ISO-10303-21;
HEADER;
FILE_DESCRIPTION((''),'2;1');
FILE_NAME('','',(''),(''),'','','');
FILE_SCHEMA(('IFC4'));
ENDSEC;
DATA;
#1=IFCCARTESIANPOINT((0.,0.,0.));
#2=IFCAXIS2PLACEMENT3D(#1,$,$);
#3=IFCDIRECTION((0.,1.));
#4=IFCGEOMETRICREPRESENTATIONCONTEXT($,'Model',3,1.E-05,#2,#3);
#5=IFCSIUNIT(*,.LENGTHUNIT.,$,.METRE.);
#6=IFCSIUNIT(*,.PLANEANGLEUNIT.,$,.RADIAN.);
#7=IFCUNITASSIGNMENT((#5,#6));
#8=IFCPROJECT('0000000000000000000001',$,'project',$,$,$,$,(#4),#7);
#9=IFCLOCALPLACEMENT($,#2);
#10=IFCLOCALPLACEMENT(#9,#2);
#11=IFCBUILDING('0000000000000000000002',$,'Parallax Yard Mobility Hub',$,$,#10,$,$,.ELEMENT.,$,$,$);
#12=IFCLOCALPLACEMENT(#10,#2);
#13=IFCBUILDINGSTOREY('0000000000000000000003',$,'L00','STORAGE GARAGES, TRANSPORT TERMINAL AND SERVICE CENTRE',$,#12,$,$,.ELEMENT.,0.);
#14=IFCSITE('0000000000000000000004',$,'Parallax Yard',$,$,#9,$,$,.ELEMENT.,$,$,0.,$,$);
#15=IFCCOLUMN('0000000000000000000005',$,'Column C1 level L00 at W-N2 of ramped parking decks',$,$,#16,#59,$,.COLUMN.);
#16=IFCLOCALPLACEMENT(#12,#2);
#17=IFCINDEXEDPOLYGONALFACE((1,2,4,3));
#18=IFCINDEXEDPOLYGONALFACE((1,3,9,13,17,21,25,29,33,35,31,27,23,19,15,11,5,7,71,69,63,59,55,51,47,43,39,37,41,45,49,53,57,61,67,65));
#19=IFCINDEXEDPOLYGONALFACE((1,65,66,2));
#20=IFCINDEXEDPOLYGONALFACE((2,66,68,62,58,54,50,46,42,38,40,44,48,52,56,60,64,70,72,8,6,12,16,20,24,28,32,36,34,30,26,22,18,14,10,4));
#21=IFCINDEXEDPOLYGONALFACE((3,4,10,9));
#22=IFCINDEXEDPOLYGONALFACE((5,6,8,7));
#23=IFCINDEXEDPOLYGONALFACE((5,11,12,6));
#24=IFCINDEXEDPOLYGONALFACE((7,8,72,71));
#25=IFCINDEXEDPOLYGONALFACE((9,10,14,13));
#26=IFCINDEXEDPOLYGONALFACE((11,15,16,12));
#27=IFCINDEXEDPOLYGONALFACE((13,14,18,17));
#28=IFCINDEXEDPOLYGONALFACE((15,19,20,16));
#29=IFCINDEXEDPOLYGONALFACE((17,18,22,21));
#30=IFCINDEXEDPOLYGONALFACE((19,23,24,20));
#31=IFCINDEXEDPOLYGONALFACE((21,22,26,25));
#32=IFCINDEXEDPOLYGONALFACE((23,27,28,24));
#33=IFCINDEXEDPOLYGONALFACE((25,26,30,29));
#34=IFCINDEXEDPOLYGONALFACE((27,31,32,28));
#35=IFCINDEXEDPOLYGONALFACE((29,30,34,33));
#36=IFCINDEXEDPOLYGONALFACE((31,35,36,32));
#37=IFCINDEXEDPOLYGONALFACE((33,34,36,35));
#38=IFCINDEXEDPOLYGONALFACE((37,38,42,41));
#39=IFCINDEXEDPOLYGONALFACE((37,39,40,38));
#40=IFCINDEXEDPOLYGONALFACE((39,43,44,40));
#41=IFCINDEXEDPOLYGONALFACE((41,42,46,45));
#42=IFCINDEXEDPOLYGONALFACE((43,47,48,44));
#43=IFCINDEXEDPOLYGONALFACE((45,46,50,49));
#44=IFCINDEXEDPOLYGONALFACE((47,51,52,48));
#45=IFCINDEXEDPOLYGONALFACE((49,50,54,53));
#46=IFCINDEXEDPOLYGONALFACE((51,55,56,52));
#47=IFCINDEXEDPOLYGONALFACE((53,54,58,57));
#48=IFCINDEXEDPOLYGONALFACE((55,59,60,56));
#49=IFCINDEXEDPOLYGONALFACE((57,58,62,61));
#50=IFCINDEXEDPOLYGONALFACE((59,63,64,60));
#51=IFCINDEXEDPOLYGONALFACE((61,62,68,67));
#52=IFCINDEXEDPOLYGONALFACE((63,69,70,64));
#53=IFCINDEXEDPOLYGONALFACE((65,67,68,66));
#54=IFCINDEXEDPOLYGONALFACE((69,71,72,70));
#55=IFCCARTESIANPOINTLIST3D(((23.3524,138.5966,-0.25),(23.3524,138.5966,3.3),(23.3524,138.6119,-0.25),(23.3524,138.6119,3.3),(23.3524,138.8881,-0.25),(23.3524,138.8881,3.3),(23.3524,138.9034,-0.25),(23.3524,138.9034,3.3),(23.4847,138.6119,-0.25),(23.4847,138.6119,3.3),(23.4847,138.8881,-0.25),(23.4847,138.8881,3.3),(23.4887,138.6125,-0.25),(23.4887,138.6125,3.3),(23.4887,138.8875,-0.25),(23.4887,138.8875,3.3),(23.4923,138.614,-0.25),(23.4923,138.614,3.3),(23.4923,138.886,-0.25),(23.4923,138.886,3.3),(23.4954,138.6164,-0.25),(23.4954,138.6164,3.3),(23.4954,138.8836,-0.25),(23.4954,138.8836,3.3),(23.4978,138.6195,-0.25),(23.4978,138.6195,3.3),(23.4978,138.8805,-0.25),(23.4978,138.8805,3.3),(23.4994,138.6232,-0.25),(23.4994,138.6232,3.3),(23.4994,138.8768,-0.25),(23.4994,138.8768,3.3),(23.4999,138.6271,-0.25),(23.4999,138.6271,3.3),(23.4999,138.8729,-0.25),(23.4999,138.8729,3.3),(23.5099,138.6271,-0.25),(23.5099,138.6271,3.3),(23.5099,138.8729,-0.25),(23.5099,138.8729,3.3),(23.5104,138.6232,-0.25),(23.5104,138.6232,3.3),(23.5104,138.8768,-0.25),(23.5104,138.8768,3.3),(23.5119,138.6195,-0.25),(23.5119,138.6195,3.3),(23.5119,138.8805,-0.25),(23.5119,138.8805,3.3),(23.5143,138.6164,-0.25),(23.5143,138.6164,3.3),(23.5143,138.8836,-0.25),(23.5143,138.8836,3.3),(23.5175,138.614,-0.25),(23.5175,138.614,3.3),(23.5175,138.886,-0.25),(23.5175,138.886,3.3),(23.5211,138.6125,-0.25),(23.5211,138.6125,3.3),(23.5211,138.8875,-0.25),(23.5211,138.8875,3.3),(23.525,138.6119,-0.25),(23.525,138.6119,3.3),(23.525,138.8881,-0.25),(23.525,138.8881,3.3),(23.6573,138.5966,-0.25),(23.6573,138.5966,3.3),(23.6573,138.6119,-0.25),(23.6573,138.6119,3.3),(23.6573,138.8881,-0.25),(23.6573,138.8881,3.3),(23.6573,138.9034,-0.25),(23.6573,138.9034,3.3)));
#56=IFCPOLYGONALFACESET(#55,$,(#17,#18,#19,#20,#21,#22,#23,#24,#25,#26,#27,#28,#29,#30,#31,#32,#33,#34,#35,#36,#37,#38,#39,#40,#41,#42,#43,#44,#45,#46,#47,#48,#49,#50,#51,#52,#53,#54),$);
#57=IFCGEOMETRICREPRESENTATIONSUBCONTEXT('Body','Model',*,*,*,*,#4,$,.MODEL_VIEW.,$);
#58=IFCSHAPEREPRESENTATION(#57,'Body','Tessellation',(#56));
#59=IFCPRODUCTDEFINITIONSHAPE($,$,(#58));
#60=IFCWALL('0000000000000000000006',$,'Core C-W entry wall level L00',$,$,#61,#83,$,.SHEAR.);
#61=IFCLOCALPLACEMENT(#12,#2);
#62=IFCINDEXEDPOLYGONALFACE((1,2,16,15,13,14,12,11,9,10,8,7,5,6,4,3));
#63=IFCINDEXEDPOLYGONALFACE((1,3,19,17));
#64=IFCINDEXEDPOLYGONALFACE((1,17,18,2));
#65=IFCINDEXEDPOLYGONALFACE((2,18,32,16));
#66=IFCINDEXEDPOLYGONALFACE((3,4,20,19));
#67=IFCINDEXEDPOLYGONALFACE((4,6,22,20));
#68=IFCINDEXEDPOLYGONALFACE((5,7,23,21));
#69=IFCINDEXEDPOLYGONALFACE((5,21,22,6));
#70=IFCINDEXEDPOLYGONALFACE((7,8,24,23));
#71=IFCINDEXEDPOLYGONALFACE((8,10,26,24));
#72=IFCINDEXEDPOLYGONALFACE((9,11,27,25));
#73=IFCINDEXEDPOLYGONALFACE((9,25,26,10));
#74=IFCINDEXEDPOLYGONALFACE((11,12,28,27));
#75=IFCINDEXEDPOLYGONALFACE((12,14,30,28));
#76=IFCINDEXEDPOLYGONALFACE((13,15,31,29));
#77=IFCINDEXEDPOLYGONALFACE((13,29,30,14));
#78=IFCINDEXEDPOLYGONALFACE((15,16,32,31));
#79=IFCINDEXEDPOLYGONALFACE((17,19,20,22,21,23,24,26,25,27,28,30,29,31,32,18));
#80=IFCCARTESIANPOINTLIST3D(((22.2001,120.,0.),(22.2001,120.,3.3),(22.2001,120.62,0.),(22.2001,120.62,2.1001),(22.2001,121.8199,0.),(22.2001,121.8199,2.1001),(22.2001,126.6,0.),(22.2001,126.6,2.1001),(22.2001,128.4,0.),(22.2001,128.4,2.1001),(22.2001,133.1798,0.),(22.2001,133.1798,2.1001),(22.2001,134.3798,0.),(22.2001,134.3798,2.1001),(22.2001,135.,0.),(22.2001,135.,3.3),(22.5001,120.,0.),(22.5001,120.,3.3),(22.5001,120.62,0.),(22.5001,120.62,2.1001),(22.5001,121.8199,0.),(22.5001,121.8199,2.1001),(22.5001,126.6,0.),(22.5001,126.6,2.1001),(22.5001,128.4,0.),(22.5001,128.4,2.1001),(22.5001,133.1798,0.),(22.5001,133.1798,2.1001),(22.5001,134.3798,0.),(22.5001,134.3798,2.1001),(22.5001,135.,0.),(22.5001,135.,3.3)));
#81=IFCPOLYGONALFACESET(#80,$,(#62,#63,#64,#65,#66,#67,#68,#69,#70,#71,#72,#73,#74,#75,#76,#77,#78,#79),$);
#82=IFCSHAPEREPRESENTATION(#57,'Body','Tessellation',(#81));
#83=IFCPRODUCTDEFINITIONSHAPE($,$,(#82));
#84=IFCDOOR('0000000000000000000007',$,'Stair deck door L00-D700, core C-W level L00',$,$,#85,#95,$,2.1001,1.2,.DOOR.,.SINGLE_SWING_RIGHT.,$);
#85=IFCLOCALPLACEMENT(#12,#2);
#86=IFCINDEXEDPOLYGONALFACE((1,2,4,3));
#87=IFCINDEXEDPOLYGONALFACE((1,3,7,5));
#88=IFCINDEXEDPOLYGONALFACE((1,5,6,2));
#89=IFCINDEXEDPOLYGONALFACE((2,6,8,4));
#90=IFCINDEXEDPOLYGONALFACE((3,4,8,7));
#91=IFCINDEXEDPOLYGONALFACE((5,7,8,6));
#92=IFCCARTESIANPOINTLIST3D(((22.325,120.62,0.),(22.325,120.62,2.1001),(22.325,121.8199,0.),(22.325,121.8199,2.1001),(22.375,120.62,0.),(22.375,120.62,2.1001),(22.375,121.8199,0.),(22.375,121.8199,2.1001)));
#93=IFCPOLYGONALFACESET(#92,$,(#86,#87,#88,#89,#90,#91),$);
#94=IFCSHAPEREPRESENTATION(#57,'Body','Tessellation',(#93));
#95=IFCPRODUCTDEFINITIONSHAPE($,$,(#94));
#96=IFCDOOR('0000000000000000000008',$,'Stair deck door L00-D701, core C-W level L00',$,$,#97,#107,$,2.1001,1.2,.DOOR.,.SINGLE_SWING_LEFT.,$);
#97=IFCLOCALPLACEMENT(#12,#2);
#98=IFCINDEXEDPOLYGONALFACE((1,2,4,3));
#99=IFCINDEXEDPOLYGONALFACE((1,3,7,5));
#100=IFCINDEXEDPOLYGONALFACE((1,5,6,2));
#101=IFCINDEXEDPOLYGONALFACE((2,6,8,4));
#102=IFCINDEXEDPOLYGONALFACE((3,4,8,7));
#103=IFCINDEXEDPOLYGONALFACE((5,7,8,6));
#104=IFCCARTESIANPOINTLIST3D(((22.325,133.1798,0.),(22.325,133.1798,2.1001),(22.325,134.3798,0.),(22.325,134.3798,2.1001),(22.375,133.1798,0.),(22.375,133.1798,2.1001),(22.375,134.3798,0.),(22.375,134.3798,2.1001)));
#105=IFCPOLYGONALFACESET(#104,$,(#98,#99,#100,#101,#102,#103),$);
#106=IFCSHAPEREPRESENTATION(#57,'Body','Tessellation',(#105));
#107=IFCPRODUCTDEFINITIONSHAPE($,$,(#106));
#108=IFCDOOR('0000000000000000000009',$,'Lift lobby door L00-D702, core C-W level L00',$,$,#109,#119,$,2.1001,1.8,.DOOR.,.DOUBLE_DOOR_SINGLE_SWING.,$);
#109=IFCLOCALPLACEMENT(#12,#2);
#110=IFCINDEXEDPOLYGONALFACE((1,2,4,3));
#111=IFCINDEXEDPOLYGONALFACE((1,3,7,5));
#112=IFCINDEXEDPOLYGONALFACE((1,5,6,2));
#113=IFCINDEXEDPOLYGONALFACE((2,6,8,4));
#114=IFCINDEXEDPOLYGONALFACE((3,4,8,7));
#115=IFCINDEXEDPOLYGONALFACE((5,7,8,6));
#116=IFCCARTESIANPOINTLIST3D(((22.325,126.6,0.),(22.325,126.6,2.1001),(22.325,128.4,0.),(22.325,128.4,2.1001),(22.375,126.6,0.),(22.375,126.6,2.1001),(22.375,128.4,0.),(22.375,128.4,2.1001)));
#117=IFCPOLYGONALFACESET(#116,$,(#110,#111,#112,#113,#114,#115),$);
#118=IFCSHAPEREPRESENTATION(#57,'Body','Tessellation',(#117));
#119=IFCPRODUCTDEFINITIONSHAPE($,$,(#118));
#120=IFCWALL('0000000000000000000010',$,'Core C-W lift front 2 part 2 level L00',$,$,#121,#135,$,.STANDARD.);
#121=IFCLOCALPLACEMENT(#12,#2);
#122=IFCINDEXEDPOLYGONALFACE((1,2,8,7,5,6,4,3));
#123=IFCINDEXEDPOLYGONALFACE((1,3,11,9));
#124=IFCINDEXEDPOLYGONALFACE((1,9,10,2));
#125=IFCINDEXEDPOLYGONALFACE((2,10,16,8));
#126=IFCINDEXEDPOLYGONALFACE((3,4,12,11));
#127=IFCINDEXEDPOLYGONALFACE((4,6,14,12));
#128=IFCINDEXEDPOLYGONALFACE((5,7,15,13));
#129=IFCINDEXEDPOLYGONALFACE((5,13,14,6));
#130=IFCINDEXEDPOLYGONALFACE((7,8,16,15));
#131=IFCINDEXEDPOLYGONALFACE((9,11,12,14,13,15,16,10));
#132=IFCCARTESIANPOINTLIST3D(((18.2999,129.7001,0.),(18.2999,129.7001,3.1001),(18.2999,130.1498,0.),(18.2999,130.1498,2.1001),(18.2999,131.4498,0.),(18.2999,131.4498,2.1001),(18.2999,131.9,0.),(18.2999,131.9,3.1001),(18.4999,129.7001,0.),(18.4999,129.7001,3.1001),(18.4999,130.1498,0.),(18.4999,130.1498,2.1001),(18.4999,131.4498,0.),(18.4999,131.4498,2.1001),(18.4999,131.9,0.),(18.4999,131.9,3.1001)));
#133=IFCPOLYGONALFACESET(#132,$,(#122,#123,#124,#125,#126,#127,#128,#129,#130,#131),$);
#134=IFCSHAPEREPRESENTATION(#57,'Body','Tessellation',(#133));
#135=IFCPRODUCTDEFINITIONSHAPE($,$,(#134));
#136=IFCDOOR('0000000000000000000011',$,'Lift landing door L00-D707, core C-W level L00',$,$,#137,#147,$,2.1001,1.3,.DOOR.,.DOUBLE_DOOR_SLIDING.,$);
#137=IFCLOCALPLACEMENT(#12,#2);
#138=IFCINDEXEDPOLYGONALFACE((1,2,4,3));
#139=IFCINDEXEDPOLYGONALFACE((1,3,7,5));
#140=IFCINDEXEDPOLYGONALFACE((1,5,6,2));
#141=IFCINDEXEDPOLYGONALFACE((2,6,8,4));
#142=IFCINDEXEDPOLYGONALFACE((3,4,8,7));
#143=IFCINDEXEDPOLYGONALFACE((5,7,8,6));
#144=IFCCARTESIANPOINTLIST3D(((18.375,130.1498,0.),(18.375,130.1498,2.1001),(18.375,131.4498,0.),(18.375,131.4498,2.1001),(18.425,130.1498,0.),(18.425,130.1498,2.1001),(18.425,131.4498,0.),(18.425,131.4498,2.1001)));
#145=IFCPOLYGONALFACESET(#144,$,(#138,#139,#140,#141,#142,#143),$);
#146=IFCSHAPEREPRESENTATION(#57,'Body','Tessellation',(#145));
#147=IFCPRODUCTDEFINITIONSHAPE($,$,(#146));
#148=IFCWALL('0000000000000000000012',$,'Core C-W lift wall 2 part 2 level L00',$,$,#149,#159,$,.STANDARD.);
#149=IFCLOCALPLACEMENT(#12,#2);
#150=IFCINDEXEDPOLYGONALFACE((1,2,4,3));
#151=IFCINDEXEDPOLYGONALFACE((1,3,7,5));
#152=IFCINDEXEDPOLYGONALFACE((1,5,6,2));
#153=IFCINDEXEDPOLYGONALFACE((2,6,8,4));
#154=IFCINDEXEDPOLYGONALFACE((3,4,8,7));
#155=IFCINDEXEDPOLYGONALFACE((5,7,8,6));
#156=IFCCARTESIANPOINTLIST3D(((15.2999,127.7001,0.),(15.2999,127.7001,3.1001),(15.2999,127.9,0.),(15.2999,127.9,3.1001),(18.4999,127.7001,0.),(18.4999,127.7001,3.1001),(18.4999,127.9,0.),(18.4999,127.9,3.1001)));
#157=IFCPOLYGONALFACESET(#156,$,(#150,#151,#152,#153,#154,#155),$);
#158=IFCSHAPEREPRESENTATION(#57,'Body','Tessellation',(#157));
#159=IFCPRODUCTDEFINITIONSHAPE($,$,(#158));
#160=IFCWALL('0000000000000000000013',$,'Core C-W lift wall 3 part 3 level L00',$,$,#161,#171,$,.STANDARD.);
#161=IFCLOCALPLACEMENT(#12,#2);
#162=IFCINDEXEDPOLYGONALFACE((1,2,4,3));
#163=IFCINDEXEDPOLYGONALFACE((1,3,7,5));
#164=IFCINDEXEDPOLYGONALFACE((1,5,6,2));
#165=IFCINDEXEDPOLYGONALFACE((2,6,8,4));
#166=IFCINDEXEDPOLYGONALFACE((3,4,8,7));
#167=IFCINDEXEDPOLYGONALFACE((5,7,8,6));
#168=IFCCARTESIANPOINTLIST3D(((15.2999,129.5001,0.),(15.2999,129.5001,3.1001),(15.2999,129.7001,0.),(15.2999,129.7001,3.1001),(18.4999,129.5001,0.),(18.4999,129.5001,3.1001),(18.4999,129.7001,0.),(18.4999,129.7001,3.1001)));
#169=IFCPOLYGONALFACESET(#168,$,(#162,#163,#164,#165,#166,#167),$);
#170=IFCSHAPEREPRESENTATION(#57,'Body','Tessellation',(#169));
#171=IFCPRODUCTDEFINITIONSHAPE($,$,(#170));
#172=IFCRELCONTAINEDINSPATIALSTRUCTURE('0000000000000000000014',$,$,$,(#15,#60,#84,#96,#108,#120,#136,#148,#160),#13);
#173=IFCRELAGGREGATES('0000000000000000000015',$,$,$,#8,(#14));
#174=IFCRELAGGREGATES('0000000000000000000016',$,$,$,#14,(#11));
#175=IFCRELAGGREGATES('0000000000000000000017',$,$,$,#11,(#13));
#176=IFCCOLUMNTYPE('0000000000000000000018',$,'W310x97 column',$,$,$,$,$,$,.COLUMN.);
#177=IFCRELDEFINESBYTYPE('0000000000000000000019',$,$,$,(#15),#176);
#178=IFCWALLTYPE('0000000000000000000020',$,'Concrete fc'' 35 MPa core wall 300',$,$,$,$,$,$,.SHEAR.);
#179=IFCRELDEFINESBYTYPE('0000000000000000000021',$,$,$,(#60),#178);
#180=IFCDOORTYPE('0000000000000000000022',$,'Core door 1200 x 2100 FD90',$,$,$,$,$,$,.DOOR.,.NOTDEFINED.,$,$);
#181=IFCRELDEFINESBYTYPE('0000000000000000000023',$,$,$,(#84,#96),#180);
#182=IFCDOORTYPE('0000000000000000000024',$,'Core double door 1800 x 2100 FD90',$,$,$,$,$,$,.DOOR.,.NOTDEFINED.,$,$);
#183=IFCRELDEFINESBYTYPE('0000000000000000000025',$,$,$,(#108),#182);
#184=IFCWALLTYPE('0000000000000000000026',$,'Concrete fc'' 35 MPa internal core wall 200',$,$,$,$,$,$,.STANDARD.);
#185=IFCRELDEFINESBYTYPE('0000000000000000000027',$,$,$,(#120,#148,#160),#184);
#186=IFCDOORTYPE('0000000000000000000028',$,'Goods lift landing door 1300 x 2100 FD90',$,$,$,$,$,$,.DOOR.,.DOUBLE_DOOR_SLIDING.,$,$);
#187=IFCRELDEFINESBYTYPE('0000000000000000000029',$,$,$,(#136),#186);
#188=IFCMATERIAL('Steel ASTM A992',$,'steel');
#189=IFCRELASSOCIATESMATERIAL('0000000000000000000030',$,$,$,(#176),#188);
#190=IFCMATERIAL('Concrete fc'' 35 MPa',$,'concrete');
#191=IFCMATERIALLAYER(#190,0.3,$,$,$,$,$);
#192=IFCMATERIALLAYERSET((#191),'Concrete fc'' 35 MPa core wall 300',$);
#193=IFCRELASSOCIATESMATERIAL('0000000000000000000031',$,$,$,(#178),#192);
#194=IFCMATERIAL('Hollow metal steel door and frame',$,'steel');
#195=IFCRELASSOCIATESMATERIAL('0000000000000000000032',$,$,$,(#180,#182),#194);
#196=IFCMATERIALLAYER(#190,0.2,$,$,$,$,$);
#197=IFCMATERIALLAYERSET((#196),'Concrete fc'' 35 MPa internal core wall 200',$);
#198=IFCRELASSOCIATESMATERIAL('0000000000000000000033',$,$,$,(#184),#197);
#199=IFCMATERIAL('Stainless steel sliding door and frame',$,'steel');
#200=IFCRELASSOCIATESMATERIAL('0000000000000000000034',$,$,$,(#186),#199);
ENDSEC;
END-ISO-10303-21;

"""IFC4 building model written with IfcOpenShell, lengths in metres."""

from ifc_helpers import new_model, si_unit, direction, frame, frame_2d, origin, origin_2d, place, context, subcontext, project, spatial, rectangle, i_section, extrude, material, layer, layer_set, material_profile, profile_set, type_object, element, fill, save


model = new_model("IFC4")

# Units and contexts
model_context = context("Model", 3, precision=1e-05, world=origin(), true_north=direction((0.0, 1.0)))
body_context = subcontext(model_context, "Body", "Model", "MODEL_VIEW")
ifc_project = project(units=[si_unit("LENGTHUNIT", "METRE"), si_unit("PLANEANGLEUNIT", "RADIAN")], contexts=[model_context])

# Site, building, storey
site_placement = place(None, origin())
site = spatial("IfcSite", under=ifc_project, at=site_placement, Name="Parallax Yard", CompositionType="ELEMENT", RefElevation=0.0)
building_placement = place(site_placement, origin())
building = spatial("IfcBuilding", under=site, at=building_placement, Name="Parallax Yard Mobility Hub", CompositionType="ELEMENT")
storey_placement = place(building_placement, origin())
storey = spatial("IfcBuildingStorey", under=building, at=storey_placement, Name="L00", Description="STORAGE GARAGES, TRANSPORT TERMINAL AND SERVICE CENTRE", CompositionType="ELEMENT", Elevation=0.0)

# Column
ifc_material_1 = material(Name="Steel ASTM A992", Category="steel")
ifc_material_profile_1 = material_profile(ifc_material_1, i_section(OverallWidth=0.3049, OverallDepth=0.3069, WebThickness=0.01, FlangeThickness=0.0154, FilletRadius=0.0151, at=origin_2d()), Name="W310x97")
ifc_profile_set_1 = profile_set([ifc_material_profile_1], Name="Steel ASTM A992")
column_type = type_object("IfcColumnType", Name="W310x97 column", PredefinedType="COLUMN", material=ifc_profile_set_1)
column_placement = place(storey_placement, frame((23.5049, 138.75, -0.25), z_axis=(0.0, 0.0, 1.0), x_axis=(1.0, 0.0, 0.0)))
element("IfcColumn", 1, at=column_placement, inside=storey, type_object=column_type, Name="Column C1 level L00 at W-N2 of ramped parking decks", PredefinedType="COLUMN", context=body_context, shape_type="SweptSolid", body=[
    extrude(i_section(OverallWidth=0.3049, OverallDepth=0.3069, WebThickness=0.01, FlangeThickness=0.0154, FilletRadius=0.0151, at=origin_2d()), origin(), (0.0, 0.0, 1.0), 3.55),
])

# Wall, openings, doors
ifc_material_2 = material(Name="Concrete fc' 35 MPa", Category="concrete")
ifc_layer_1 = layer(ifc_material_2, 0.3)
ifc_layer_set_1 = layer_set([ifc_layer_1], Name="Concrete fc' 35 MPa core wall 300")
wall_type_1 = type_object("IfcWallType", Name="Concrete fc' 35 MPa core wall 300", PredefinedType="SHEAR", material=ifc_layer_set_1)
wall_1_placement = place(storey_placement, frame((22.3501, 135.0, 0.0), z_axis=(0.0, 0.0, 1.0), x_axis=(0.0, -1.0, 0.0)))
wall_1 = element("IfcWall", 2, at=wall_1_placement, inside=storey, type_object=wall_type_1, Name="Core C-W entry wall level L00", PredefinedType="SHEAR", context=body_context, shape_type="SweptSolid", body=[
    extrude(rectangle(XDim=15.0, YDim=0.3, at=frame_2d((7.5, 0.0))), origin(), (0.0, 0.0, 1.0), 3.3),
])
opening_1_placement = place(wall_1_placement, frame((13.1799, 0.0, 0.0)))
opening_1 = element("IfcOpeningElement", 3, at=opening_1_placement, cuts=wall_1, PredefinedType="OPENING", context=body_context, shape_type="SweptSolid", body=[
    extrude(rectangle(XDim=1.2, YDim=2.1001, at=frame_2d((0.6001, 1.05))), frame((0.0, 0.1602, 0.0), z_axis=(0.0, -1.0, 0.0), x_axis=(1.0, 0.0, 0.0)), (0.0, 0.0, 1.0), 0.3201),
])
opening_2_placement = place(wall_1_placement, frame((0.6201, 0.0, 0.0)))
opening_2 = element("IfcOpeningElement", 4, at=opening_2_placement, cuts=wall_1, PredefinedType="OPENING", context=body_context, shape_type="SweptSolid", body=[
    extrude(rectangle(XDim=1.2, YDim=2.1001, at=frame_2d((0.6001, 1.05))), frame((0.0, 0.1602, 0.0), z_axis=(0.0, -1.0, 0.0), x_axis=(1.0, 0.0, 0.0)), (0.0, 0.0, 1.0), 0.3201),
])
opening_3_placement = place(wall_1_placement, frame((6.6001, 0.0, 0.0)))
opening_3 = element("IfcOpeningElement", 5, at=opening_3_placement, cuts=wall_1, PredefinedType="OPENING", context=body_context, shape_type="SweptSolid", body=[
    extrude(rectangle(XDim=1.8, YDim=2.1001, at=frame_2d((0.8999, 1.05))), frame((0.0, 0.1602, 0.0), z_axis=(0.0, -1.0, 0.0), x_axis=(1.0, 0.0, 0.0)), (0.0, 0.0, 1.0), 0.3201),
])
ifc_material_3 = material(Name="Hollow metal steel door and frame", Category="steel")
door_type_1 = type_object("IfcDoorType", Name="Core door 1200 x 2100 FD90", OperationType="NOTDEFINED", PredefinedType="DOOR", material=ifc_material_3)
door_1_placement = place(opening_1_placement, origin())
door_1 = element("IfcDoor", 6, at=door_1_placement, inside=storey, type_object=door_type_1, Name="Stair deck door L00-D700, core C-W level L00", OperationType="SINGLE_SWING_RIGHT", OverallHeight=2.1001, OverallWidth=1.2, PredefinedType="DOOR", context=body_context, shape_type="SweptSolid", body=[
    extrude(rectangle(XDim=1.2, YDim=2.1001, at=frame_2d((0.6001, 1.05))), frame((0.0, 0.0249, 0.0), z_axis=(0.0, -1.0, 0.0), x_axis=(1.0, 0.0, 0.0)), (0.0, 0.0, 1.0), 0.05),
])
fill(opening_1, door_1)
door_2_placement = place(opening_2_placement, origin())
door_2 = element("IfcDoor", 7, at=door_2_placement, inside=storey, type_object=door_type_1, Name="Stair deck door L00-D701, core C-W level L00", OperationType="SINGLE_SWING_LEFT", OverallHeight=2.1001, OverallWidth=1.2, PredefinedType="DOOR", context=body_context, shape_type="SweptSolid", body=[
    extrude(rectangle(XDim=1.2, YDim=2.1001, at=frame_2d((0.6001, 1.05))), frame((0.0, 0.0249, 0.0), z_axis=(0.0, -1.0, 0.0), x_axis=(1.0, 0.0, 0.0)), (0.0, 0.0, 1.0), 0.05),
])
fill(opening_2, door_2)
door_type_2 = type_object("IfcDoorType", Name="Core double door 1800 x 2100 FD90", OperationType="NOTDEFINED", PredefinedType="DOOR", material=ifc_material_3)
door_3_placement = place(opening_3_placement, origin())
door_3 = element("IfcDoor", 8, at=door_3_placement, inside=storey, type_object=door_type_2, Name="Lift lobby door L00-D702, core C-W level L00", OperationType="DOUBLE_DOOR_SINGLE_SWING", OverallHeight=2.1001, OverallWidth=1.8, PredefinedType="DOOR", context=body_context, shape_type="SweptSolid", body=[
    extrude(rectangle(XDim=1.8, YDim=2.1001, at=frame_2d((0.8999, 1.05))), frame((0.0, 0.0249, 0.0), z_axis=(0.0, -1.0, 0.0), x_axis=(1.0, 0.0, 0.0)), (0.0, 0.0, 1.0), 0.05),
])
fill(opening_3, door_3)

# Wall, opening, door
ifc_layer_2 = layer(ifc_material_2, 0.2)
ifc_layer_set_2 = layer_set([ifc_layer_2], Name="Concrete fc' 35 MPa internal core wall 200")
wall_type_2 = type_object("IfcWallType", Name="Concrete fc' 35 MPa internal core wall 200", PredefinedType="STANDARD", material=ifc_layer_set_2)
wall_2_placement = place(storey_placement, frame((18.3999, 129.7, 0.0), z_axis=(0.0, 0.0, 1.0), x_axis=(0.0, 1.0, 0.0)))
wall_2 = element("IfcWall", 9, at=wall_2_placement, inside=storey, type_object=wall_type_2, Name="Core C-W lift front 2 part 2 level L00", PredefinedType="STANDARD", context=body_context, shape_type="SweptSolid", body=[
    extrude(rectangle(XDim=2.2, YDim=0.2, at=frame_2d((1.1001, 0.0))), origin(), (0.0, 0.0, 1.0), 3.1001),
])
opening_4_placement = place(wall_2_placement, frame((0.45, 0.0, 0.0)))
opening_4 = element("IfcOpeningElement", 10, at=opening_4_placement, cuts=wall_2, PredefinedType="OPENING", context=body_context, shape_type="SweptSolid", body=[
    extrude(rectangle(XDim=1.3, YDim=2.1001, at=frame_2d((0.6499, 1.05))), frame((0.0, 0.1099, 0.0), z_axis=(0.0, -1.0, 0.0), x_axis=(1.0, 0.0, 0.0)), (0.0, 0.0, 1.0), 0.22),
])
ifc_material_4 = material(Name="Stainless steel sliding door and frame", Category="steel")
door_type_3 = type_object("IfcDoorType", Name="Goods lift landing door 1300 x 2100 FD90", OperationType="DOUBLE_DOOR_SLIDING", PredefinedType="DOOR", material=ifc_material_4)
door_4_placement = place(opening_4_placement, origin())
door_4 = element("IfcDoor", 11, at=door_4_placement, inside=storey, type_object=door_type_3, Name="Lift landing door L00-D707, core C-W level L00", OperationType="DOUBLE_DOOR_SLIDING", OverallHeight=2.1001, OverallWidth=1.3, PredefinedType="DOOR", context=body_context, shape_type="SweptSolid", body=[
    extrude(rectangle(XDim=1.3, YDim=2.1001, at=frame_2d((0.6499, 1.05))), frame((0.0, 0.0249, 0.0), z_axis=(0.0, -1.0, 0.0), x_axis=(1.0, 0.0, 0.0)), (0.0, 0.0, 1.0), 0.05),
])
fill(opening_4, door_4)

# Walls
for number, where, z_axis, x_axis, name in (
    (12, (18.5, 127.8, 0.0), (0.0, 0.0, 1.0), (-1.0, 0.0, 0.0), "Core C-W lift wall 2 part 2 level L00"),
    (13, (18.5, 129.6001, 0.0), (0.0, 0.0, 1.0), (-1.0, 0.0, 0.0), "Core C-W lift wall 3 part 3 level L00"),
):
    element("IfcWall", number, at=place(storey_placement, frame(where, z_axis=z_axis, x_axis=x_axis)), inside=storey, type_object=wall_type_2, Name=name, PredefinedType="STANDARD", context=body_context, shape_type="SweptSolid", body=[
        extrude(rectangle(XDim=3.2, YDim=0.2, at=frame_2d((1.6001, 0.0))), origin(), (0.0, 0.0, 1.0), 3.1001),
    ])

save(model, "model.ifc")
